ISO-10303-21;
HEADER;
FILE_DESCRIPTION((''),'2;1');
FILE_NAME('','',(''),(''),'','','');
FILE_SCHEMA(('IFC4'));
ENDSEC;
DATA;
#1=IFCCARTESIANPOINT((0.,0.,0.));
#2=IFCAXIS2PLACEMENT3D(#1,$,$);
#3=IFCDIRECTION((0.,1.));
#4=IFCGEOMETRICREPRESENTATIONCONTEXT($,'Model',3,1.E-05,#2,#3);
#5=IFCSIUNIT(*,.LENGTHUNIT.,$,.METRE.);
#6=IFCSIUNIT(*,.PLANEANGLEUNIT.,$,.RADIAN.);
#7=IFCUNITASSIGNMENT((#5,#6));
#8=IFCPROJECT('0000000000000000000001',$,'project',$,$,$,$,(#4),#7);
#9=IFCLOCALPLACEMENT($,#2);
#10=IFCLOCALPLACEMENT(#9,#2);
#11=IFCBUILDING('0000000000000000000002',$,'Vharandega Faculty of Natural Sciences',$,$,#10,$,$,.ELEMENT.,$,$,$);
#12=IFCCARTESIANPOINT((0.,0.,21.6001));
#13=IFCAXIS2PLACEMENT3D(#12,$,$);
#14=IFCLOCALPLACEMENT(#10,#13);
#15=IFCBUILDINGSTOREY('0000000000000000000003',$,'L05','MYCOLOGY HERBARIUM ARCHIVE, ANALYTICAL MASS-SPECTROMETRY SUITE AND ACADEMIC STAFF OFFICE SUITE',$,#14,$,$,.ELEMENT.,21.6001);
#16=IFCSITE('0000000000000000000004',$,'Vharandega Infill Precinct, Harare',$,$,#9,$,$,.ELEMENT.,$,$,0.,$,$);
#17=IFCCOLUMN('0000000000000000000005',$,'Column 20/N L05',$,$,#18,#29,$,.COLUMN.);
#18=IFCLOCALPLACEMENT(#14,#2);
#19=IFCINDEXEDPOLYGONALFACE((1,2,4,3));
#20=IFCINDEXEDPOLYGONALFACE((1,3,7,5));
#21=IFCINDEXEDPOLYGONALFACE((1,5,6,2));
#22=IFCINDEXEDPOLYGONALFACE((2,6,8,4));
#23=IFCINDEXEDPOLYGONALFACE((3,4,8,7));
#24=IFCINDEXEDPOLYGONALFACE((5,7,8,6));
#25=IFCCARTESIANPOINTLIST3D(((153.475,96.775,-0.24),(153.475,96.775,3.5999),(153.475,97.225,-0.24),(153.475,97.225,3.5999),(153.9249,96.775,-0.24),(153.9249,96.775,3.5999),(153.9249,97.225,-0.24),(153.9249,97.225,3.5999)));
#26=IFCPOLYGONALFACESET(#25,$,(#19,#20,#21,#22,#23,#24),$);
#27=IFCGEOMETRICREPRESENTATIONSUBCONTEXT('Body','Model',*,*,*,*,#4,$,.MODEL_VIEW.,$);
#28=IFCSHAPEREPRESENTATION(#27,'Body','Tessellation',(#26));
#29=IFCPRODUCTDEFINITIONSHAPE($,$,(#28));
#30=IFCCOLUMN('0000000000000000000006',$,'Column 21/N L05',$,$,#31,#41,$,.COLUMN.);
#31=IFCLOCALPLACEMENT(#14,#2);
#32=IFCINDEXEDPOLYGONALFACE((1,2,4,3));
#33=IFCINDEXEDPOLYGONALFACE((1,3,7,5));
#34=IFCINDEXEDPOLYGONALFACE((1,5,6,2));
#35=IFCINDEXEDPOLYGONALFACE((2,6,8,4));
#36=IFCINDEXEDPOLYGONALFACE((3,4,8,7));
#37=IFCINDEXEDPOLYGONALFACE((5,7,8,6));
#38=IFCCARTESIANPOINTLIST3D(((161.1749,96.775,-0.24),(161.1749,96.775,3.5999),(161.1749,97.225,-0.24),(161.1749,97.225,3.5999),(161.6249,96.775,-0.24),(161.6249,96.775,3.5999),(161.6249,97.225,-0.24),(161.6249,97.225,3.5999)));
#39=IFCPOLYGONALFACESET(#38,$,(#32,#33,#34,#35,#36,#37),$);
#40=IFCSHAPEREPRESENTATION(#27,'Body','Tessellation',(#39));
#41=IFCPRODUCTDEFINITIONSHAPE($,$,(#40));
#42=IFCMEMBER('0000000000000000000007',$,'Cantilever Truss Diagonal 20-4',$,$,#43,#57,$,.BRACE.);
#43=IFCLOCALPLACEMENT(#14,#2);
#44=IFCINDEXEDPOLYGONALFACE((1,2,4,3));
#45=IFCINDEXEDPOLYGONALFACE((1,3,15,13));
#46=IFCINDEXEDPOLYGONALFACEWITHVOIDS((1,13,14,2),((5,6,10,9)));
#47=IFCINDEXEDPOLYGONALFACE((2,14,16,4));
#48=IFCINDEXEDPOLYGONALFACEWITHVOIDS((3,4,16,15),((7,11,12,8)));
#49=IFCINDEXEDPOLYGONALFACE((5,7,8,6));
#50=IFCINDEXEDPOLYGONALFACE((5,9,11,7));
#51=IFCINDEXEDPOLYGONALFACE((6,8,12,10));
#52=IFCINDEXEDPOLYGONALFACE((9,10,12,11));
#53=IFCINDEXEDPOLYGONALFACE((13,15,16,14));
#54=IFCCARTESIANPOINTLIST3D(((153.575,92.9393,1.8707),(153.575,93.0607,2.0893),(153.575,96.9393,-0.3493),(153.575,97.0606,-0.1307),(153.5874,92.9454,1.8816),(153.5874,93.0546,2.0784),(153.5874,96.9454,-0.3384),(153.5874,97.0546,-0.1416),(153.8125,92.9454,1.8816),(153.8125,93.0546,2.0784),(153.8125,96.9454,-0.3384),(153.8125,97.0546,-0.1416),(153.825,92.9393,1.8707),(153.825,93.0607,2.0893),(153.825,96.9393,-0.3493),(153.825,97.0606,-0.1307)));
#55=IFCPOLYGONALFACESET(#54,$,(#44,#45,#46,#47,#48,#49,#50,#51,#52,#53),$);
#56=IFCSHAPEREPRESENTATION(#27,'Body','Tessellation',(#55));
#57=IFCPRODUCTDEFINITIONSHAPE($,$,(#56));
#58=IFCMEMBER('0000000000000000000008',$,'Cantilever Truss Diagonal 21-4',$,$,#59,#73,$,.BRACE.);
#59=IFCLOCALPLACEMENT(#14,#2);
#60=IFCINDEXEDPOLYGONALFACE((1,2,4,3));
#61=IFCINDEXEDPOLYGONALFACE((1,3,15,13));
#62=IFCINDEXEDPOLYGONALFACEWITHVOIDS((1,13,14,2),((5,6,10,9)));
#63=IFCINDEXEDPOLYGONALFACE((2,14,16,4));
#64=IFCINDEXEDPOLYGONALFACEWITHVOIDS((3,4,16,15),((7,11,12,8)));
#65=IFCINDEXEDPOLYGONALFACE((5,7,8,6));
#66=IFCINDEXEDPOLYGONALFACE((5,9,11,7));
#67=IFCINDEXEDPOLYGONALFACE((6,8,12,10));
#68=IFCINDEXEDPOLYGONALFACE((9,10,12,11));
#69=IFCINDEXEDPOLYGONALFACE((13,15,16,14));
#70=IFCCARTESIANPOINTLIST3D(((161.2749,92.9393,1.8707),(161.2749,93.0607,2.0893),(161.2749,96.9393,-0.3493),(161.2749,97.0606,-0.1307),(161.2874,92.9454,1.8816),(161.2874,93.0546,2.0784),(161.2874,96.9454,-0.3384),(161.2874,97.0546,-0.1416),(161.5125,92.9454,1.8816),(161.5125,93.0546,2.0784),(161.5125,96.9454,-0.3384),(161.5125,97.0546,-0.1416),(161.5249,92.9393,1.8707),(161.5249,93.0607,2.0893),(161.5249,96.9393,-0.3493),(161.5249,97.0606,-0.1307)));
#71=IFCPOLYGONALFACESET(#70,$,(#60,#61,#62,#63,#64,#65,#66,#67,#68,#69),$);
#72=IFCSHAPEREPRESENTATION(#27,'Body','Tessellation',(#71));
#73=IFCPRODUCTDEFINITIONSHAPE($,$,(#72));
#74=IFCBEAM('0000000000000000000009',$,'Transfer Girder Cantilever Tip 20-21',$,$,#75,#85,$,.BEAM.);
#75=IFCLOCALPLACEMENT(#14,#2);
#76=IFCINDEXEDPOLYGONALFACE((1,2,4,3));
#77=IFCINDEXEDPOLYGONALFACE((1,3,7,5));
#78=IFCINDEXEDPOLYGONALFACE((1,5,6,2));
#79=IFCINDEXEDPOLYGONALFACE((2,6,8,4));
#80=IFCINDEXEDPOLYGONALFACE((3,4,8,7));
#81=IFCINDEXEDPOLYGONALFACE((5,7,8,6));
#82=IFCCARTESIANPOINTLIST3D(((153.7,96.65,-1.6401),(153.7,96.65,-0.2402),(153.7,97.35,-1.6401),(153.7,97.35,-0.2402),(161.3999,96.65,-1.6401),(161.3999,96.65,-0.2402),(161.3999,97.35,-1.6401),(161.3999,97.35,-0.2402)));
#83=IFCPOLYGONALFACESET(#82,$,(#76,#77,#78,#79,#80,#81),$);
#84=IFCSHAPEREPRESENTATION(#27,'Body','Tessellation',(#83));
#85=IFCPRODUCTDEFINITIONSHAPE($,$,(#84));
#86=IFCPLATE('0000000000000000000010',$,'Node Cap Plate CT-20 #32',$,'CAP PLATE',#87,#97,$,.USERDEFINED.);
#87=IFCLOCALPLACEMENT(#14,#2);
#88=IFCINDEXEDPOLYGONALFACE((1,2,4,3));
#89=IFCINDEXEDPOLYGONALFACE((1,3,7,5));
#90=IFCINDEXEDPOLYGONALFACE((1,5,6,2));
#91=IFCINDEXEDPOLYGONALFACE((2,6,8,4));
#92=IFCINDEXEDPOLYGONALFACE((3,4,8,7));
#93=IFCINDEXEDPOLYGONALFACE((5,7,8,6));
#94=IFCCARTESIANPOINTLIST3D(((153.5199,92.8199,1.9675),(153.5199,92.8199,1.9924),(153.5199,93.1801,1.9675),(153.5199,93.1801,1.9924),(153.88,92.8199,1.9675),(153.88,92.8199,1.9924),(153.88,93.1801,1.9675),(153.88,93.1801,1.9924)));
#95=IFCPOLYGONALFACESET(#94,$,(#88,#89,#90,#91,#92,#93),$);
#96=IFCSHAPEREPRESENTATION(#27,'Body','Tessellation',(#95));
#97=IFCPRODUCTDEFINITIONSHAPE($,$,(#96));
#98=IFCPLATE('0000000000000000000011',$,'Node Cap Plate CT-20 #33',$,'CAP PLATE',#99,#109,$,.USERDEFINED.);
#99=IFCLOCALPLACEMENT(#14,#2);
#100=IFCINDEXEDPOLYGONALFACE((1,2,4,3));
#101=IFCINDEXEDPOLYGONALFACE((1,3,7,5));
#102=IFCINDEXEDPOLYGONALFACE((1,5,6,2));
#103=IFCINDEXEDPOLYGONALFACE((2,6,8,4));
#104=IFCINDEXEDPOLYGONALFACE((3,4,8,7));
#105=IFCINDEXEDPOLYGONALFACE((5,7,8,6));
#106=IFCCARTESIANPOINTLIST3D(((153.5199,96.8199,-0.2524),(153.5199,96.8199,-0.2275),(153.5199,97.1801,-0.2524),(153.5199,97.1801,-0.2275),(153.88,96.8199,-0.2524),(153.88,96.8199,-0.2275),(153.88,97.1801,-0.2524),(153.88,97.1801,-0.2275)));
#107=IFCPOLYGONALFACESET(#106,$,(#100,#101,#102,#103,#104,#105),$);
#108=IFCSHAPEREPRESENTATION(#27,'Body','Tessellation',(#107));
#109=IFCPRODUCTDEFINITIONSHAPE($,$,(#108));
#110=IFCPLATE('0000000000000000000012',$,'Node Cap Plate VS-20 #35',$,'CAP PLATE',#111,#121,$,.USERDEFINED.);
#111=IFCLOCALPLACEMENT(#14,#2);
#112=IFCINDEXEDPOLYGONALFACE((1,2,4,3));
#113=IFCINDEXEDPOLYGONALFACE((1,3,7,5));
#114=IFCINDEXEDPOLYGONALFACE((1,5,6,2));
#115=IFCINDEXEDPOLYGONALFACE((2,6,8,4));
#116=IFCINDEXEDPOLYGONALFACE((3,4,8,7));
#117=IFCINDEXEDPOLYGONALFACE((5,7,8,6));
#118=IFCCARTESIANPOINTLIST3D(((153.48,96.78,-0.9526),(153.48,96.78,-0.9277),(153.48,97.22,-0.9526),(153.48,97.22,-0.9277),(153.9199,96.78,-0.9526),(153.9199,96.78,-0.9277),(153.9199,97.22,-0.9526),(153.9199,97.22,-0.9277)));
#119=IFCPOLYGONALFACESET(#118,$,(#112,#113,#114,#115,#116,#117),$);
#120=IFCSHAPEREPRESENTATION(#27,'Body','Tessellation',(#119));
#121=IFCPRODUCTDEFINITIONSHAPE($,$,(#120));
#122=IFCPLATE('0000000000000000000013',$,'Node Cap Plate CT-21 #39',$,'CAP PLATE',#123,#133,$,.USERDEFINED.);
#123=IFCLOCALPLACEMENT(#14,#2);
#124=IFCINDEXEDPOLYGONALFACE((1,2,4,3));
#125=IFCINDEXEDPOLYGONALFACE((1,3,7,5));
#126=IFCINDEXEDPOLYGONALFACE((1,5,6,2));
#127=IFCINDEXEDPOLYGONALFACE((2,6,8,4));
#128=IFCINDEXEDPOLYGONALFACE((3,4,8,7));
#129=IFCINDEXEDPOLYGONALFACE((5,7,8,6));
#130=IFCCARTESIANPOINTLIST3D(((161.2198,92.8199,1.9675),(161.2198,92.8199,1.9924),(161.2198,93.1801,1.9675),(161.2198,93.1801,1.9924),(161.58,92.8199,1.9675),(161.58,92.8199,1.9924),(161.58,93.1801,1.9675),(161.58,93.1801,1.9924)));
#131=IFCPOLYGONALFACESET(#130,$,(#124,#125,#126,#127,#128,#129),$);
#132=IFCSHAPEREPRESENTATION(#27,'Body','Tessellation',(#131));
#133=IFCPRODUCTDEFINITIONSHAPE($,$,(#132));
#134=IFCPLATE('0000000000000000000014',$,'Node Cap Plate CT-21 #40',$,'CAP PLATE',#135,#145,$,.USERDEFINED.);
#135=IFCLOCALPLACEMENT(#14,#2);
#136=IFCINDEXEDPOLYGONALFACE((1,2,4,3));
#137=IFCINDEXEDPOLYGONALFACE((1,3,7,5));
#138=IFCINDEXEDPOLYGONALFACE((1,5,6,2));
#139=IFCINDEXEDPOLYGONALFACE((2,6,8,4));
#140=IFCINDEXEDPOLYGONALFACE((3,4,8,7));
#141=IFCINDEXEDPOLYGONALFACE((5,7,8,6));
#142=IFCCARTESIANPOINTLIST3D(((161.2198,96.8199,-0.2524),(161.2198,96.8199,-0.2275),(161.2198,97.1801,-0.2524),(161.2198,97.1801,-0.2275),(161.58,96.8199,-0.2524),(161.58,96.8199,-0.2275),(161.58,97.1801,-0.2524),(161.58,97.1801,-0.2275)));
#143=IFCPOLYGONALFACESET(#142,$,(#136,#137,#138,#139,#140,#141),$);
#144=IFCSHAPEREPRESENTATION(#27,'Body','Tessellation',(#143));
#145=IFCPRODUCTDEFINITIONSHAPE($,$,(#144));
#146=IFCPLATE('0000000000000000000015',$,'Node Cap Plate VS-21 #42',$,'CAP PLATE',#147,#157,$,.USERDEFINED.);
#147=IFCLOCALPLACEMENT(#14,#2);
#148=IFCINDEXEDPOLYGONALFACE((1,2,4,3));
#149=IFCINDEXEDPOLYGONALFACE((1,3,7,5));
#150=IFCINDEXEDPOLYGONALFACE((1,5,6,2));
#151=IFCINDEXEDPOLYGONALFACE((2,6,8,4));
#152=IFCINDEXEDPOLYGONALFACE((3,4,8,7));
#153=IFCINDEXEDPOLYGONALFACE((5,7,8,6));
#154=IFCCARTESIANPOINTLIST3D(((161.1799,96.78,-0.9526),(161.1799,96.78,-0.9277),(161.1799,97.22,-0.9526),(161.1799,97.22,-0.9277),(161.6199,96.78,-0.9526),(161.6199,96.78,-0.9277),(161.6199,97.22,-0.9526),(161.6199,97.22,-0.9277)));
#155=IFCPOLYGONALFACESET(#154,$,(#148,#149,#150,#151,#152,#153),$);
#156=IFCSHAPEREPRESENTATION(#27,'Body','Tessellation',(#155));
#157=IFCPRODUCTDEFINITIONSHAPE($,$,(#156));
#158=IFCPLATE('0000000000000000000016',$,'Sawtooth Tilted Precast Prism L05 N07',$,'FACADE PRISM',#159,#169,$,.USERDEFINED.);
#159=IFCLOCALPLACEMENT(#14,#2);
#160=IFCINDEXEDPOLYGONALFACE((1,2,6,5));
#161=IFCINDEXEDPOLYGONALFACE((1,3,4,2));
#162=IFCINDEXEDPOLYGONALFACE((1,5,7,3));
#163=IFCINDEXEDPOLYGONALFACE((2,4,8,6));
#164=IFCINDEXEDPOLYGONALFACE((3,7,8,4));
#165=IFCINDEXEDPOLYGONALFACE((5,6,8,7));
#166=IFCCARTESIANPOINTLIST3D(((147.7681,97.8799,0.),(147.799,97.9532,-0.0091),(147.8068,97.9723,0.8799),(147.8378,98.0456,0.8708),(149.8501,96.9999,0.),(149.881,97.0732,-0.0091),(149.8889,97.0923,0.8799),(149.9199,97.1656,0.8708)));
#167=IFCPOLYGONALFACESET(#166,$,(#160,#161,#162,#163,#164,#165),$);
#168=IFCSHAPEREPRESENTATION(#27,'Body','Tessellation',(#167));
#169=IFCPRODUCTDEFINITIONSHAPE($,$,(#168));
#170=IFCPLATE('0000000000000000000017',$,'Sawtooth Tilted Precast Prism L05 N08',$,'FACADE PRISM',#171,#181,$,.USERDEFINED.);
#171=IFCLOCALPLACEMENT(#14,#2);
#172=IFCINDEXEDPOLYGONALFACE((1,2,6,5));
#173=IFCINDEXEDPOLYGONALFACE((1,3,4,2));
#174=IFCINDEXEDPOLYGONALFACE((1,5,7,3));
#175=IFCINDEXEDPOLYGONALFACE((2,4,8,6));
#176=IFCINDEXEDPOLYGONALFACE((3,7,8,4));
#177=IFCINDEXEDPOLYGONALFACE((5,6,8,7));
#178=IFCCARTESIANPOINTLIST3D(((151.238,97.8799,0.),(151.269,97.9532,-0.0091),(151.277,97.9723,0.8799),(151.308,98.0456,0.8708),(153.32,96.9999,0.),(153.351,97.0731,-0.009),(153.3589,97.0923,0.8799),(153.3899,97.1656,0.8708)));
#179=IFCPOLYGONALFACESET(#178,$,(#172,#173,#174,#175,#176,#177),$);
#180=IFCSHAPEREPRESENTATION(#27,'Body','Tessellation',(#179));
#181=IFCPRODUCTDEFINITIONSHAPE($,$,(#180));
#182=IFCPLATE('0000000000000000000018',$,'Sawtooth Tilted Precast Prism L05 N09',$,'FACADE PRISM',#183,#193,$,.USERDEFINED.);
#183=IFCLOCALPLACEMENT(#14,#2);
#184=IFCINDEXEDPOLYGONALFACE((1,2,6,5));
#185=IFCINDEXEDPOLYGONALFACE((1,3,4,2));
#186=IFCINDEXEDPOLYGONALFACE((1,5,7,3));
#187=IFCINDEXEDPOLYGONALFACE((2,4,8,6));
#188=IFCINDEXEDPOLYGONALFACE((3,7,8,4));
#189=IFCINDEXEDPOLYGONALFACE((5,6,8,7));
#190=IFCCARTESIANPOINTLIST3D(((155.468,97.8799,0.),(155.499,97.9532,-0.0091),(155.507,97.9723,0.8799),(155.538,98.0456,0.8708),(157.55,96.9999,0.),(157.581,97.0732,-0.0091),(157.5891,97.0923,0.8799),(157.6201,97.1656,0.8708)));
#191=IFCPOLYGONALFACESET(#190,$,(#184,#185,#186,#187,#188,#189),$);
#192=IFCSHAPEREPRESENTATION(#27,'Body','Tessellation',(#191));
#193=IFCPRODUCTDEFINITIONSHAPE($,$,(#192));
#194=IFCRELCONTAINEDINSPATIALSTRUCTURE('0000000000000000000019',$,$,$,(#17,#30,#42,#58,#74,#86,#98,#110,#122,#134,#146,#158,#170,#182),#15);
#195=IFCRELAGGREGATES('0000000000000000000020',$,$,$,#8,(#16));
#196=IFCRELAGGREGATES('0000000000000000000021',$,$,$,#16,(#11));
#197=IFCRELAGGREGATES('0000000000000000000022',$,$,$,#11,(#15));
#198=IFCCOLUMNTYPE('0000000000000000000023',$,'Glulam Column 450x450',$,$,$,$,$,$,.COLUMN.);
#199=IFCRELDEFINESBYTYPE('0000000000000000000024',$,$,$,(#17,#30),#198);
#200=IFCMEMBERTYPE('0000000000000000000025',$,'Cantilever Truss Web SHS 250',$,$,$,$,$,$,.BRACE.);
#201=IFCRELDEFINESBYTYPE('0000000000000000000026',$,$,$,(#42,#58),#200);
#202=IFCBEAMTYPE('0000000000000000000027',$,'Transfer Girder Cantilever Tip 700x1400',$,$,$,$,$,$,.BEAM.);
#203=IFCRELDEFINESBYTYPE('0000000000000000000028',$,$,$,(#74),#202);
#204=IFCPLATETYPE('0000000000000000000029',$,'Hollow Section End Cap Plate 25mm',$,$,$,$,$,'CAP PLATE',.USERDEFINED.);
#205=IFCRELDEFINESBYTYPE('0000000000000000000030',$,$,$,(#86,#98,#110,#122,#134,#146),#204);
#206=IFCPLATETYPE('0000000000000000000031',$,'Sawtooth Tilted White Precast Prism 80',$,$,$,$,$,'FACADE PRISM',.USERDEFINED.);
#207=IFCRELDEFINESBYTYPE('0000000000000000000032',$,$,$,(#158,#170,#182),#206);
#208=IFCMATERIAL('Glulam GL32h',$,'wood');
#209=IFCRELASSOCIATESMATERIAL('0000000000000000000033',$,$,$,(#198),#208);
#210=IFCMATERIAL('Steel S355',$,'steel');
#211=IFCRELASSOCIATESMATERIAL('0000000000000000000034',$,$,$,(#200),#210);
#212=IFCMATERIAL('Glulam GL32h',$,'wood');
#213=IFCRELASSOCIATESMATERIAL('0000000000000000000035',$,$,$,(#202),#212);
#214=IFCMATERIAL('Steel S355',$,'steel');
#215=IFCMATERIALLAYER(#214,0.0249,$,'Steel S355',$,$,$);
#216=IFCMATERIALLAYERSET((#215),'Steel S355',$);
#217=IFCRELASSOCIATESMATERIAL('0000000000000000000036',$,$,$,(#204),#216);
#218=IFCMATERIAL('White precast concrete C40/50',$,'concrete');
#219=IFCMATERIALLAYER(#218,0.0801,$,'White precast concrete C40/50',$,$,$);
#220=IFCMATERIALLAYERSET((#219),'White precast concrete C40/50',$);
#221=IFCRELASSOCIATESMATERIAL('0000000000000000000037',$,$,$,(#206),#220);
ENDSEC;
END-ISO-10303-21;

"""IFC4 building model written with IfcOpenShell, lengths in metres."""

from ifc_helpers import new_model, si_unit, direction, frame, origin, origin_2d, place, context, subcontext, project, spatial, polyline, rectangle, hollow_rectangle, outline, extrude, material, layer, layer_set, material_profile, profile_set, type_object, element, save


model = new_model("IFC4")

# Units and contexts
model_context = context("Model", 3, precision=1e-05, world=origin(), true_north=direction((0.0, 1.0)))
body_context = subcontext(model_context, "Body", "Model", "MODEL_VIEW")
ifc_project = project(units=[si_unit("LENGTHUNIT", "METRE"), si_unit("PLANEANGLEUNIT", "RADIAN")], contexts=[model_context])

# Site, building, storey
site_placement = place(None, origin())
site = spatial("IfcSite", under=ifc_project, at=site_placement, Name="Vharandega Infill Precinct, Harare", CompositionType="ELEMENT", RefElevation=0.0)
building_placement = place(site_placement, origin())
building = spatial("IfcBuilding", under=site, at=building_placement, Name="Vharandega Faculty of Natural Sciences", CompositionType="ELEMENT")
storey_placement = place(building_placement, frame((0.0, 0.0, 21.6001)))
storey = spatial("IfcBuildingStorey", under=building, at=storey_placement, Name="L05", Description="MYCOLOGY HERBARIUM ARCHIVE, ANALYTICAL MASS-SPECTROMETRY SUITE AND ACADEMIC STAFF OFFICE SUITE", CompositionType="ELEMENT", Elevation=21.6001)

# Columns
ifc_material_1 = material(Name="Glulam GL32h", Category="wood")
ifc_material_profile_1 = material_profile(ifc_material_1, rectangle(XDim=0.45, YDim=0.45, at=origin_2d()), Name="GL32h 450x450")
ifc_profile_set_1 = profile_set([ifc_material_profile_1], Name="Glulam GL32h")
column_type = type_object("IfcColumnType", Name="Glulam Column 450x450", PredefinedType="COLUMN", material=ifc_profile_set_1)
for number, where, z_axis, x_axis, name in (
    (1, (153.7, 97.0, -0.24), (0.0, 0.0, 1.0), (1.0, 0.0, 0.0), "Column 20/N L05"),
    (2, (161.3999, 97.0, -0.24), (0.0, 0.0, 1.0), (1.0, 0.0, 0.0), "Column 21/N L05"),
):
    element("IfcColumn", number, at=place(storey_placement, frame(where, z_axis=z_axis, x_axis=x_axis)), inside=storey, type_object=column_type, Name=name, PredefinedType="COLUMN", context=body_context, shape_type="SweptSolid", body=[
        extrude(rectangle(XDim=0.45, YDim=0.45, at=origin_2d()), origin(), (0.0, 0.0, 1.0), 3.8398),
    ])

# Members
ifc_material_2 = material(Name="Steel S355", Category="steel")
ifc_material_profile_2 = material_profile(ifc_material_2, hollow_rectangle(XDim=0.25, YDim=0.25, WallThickness=0.0125, at=origin_2d()), Name="SHS 250x250x12.5")
ifc_profile_set_2 = profile_set([ifc_material_profile_2], Name="Steel S355")
member_type = type_object("IfcMemberType", Name="Cantilever Truss Web SHS 250", PredefinedType="BRACE", material=ifc_profile_set_2)
for number, where, z_axis, x_axis, name in (
    (3, (153.7, 93.0, 1.98), (0.0, 0.874366, -0.485267), (-1.0, 0.0, 0.0), "Cantilever Truss Diagonal 20-4"),
    (4, (161.3999, 93.0, 1.98), (0.0, 0.874366, -0.485267), (-1.0, 0.0, 0.0), "Cantilever Truss Diagonal 21-4"),
):
    element("IfcMember", number, at=place(storey_placement, frame(where, z_axis=z_axis, x_axis=x_axis)), inside=storey, type_object=member_type, Name=name, PredefinedType="BRACE", context=body_context, shape_type="SweptSolid", body=[
        extrude(hollow_rectangle(XDim=0.25, YDim=0.25, WallThickness=0.0125, at=origin_2d()), origin(), (0.0, 0.0, 1.0), 4.5747),
    ])

# Beam
ifc_material_3 = material(Name="Glulam GL32h", Category="wood")
ifc_material_profile_3 = material_profile(ifc_material_3, rectangle(XDim=0.7, YDim=1.3999, at=origin_2d()), Name="GL32h 700x1400")
ifc_profile_set_3 = profile_set([ifc_material_profile_3], Name="Glulam GL32h")
beam_type = type_object("IfcBeamType", Name="Transfer Girder Cantilever Tip 700x1400", PredefinedType="BEAM", material=ifc_profile_set_3)
beam_placement = place(storey_placement, frame((153.7, 97.0, -0.9402), z_axis=(1.0, 0.0, 0.0), x_axis=(0.0, 1.0, 0.0)))
element("IfcBeam", 5, at=beam_placement, inside=storey, type_object=beam_type, Name="Transfer Girder Cantilever Tip 20-21", PredefinedType="BEAM", context=body_context, shape_type="SweptSolid", body=[
    extrude(rectangle(XDim=0.7, YDim=1.3999, at=origin_2d()), origin(), (0.0, 0.0, 1.0), 7.7),
])

# Plates
ifc_material_4 = material(Name="Steel S355", Category="steel")
ifc_layer_1 = layer(ifc_material_4, 0.0249, Name="Steel S355")
ifc_layer_set_1 = layer_set([ifc_layer_1], Name="Steel S355")
plate_type_1 = type_object("IfcPlateType", Name="Hollow Section End Cap Plate 25mm", ElementType="CAP PLATE", PredefinedType="USERDEFINED", material=ifc_layer_set_1)
for number, where, z_axis, x_axis, name in (
    (6, (153.7, 93.0, 1.9675), (0.0, 0.0, 1.0), (1.0, 0.0, 0.0), "Node Cap Plate CT-20 #32"),
    (7, (153.7, 97.0, -0.2524), (0.0, 0.0, 1.0), (1.0, 0.0, 0.0), "Node Cap Plate CT-20 #33"),
):
    element("IfcPlate", number, at=place(storey_placement, frame(where, z_axis=z_axis, x_axis=x_axis)), inside=storey, type_object=plate_type_1, Name=name, ObjectType="CAP PLATE", PredefinedType="USERDEFINED", context=body_context, shape_type="SweptSolid", body=[
        extrude(rectangle(XDim=0.3601, YDim=0.3601, at=origin_2d()), origin(), (0.0, 0.0, 1.0), 0.0249),
    ])
plate_1_placement = place(storey_placement, frame((153.7, 97.0, -0.9526), z_axis=(0.0, 0.0, 1.0), x_axis=(1.0, 0.0, 0.0)))
element("IfcPlate", 8, at=plate_1_placement, inside=storey, type_object=plate_type_1, Name="Node Cap Plate VS-20 #35", ObjectType="CAP PLATE", PredefinedType="USERDEFINED", context=body_context, shape_type="SweptSolid", body=[
    extrude(rectangle(XDim=0.4399, YDim=0.4399, at=origin_2d()), origin(), (0.0, 0.0, 1.0), 0.0249),
])
for number, where, z_axis, x_axis, name in (
    (9, (161.3999, 93.0, 1.9675), (0.0, 0.0, 1.0), (1.0, 0.0, 0.0), "Node Cap Plate CT-21 #39"),
    (10, (161.3999, 97.0, -0.2524), (0.0, 0.0, 1.0), (1.0, 0.0, 0.0), "Node Cap Plate CT-21 #40"),
):
    element("IfcPlate", number, at=place(storey_placement, frame(where, z_axis=z_axis, x_axis=x_axis)), inside=storey, type_object=plate_type_1, Name=name, ObjectType="CAP PLATE", PredefinedType="USERDEFINED", context=body_context, shape_type="SweptSolid", body=[
        extrude(rectangle(XDim=0.3601, YDim=0.3601, at=origin_2d()), origin(), (0.0, 0.0, 1.0), 0.0249),
    ])
plate_2_placement = place(storey_placement, frame((161.3999, 97.0, -0.9526), z_axis=(0.0, 0.0, 1.0), x_axis=(1.0, 0.0, 0.0)))
element("IfcPlate", 11, at=plate_2_placement, inside=storey, type_object=plate_type_1, Name="Node Cap Plate VS-21 #42", ObjectType="CAP PLATE", PredefinedType="USERDEFINED", context=body_context, shape_type="SweptSolid", body=[
    extrude(rectangle(XDim=0.4399, YDim=0.4399, at=origin_2d()), origin(), (0.0, 0.0, 1.0), 0.0249),
])
ifc_material_5 = material(Name="White precast concrete C40/50", Category="concrete")
ifc_layer_2 = layer(ifc_material_5, 0.0801, Name="White precast concrete C40/50")
ifc_layer_set_2 = layer_set([ifc_layer_2], Name="White precast concrete C40/50")
plate_type_2 = type_object("IfcPlateType", Name="Sawtooth Tilted White Precast Prism 80", ElementType="FACADE PRISM", PredefinedType="USERDEFINED", material=ifc_layer_set_2)
plate_3_placement = place(storey_placement, frame((147.7681, 97.8799, 0.0), z_axis=(-0.386818, -0.915184, 0.11318), x_axis=(0.043785, 0.104368, 0.993574)))
element("IfcPlate", 12, at=plate_3_placement, inside=storey, type_object=plate_type_2, Name="Sawtooth Tilted Precast Prism L05 N07", ObjectType="FACADE PRISM", PredefinedType="USERDEFINED", context=body_context, shape_type="SweptSolid", body=[
    extrude(outline(polyline([(0.0, 0.0), (0.8856, 0.0), (0.8849, -2.2604), (-0.0007, -2.2603), (0.0, 0.0)])), origin(), (0.0, 0.0, -1.0), 0.0801),
])
plate_4_placement = place(storey_placement, frame((151.238, 97.8799, 0.0), z_axis=(-0.386835, -0.915171, 0.113233), x_axis=(0.044039, 0.104318, 0.993568)))
element("IfcPlate", 13, at=plate_4_placement, inside=storey, type_object=plate_type_2, Name="Sawtooth Tilted Precast Prism L05 N08", ObjectType="FACADE PRISM", PredefinedType="USERDEFINED", context=body_context, shape_type="SweptSolid", body=[
    extrude(outline(polyline([(0.0, 0.0), (0.8856, 0.0), (0.8855, -2.2602), (-0.0001, -2.2603), (0.0, 0.0)])), origin(), (0.0, 0.0, -1.0), 0.0801),
])
for number, where, z_axis, x_axis, name in (
    (14, (155.468, 97.8799, 0.0), (-0.386813, -0.915173, 0.113286), (0.04406, 0.104367, 0.993562), "Sawtooth Tilted Precast Prism L05 N09"),
):
    element("IfcPlate", number, at=place(storey_placement, frame(where, z_axis=z_axis, x_axis=x_axis)), inside=storey, type_object=plate_type_2, Name=name, ObjectType="FACADE PRISM", PredefinedType="USERDEFINED", context=body_context, shape_type="SweptSolid", body=[
        extrude(outline(polyline([(0.0, 0.0), (0.8856, 0.0), (0.8855, -2.2604), (-0.0001, -2.2603), (0.0, 0.0)])), origin(), (0.0, 0.0, -1.0), 0.0801),
    ])

save(model, "model.ifc")
